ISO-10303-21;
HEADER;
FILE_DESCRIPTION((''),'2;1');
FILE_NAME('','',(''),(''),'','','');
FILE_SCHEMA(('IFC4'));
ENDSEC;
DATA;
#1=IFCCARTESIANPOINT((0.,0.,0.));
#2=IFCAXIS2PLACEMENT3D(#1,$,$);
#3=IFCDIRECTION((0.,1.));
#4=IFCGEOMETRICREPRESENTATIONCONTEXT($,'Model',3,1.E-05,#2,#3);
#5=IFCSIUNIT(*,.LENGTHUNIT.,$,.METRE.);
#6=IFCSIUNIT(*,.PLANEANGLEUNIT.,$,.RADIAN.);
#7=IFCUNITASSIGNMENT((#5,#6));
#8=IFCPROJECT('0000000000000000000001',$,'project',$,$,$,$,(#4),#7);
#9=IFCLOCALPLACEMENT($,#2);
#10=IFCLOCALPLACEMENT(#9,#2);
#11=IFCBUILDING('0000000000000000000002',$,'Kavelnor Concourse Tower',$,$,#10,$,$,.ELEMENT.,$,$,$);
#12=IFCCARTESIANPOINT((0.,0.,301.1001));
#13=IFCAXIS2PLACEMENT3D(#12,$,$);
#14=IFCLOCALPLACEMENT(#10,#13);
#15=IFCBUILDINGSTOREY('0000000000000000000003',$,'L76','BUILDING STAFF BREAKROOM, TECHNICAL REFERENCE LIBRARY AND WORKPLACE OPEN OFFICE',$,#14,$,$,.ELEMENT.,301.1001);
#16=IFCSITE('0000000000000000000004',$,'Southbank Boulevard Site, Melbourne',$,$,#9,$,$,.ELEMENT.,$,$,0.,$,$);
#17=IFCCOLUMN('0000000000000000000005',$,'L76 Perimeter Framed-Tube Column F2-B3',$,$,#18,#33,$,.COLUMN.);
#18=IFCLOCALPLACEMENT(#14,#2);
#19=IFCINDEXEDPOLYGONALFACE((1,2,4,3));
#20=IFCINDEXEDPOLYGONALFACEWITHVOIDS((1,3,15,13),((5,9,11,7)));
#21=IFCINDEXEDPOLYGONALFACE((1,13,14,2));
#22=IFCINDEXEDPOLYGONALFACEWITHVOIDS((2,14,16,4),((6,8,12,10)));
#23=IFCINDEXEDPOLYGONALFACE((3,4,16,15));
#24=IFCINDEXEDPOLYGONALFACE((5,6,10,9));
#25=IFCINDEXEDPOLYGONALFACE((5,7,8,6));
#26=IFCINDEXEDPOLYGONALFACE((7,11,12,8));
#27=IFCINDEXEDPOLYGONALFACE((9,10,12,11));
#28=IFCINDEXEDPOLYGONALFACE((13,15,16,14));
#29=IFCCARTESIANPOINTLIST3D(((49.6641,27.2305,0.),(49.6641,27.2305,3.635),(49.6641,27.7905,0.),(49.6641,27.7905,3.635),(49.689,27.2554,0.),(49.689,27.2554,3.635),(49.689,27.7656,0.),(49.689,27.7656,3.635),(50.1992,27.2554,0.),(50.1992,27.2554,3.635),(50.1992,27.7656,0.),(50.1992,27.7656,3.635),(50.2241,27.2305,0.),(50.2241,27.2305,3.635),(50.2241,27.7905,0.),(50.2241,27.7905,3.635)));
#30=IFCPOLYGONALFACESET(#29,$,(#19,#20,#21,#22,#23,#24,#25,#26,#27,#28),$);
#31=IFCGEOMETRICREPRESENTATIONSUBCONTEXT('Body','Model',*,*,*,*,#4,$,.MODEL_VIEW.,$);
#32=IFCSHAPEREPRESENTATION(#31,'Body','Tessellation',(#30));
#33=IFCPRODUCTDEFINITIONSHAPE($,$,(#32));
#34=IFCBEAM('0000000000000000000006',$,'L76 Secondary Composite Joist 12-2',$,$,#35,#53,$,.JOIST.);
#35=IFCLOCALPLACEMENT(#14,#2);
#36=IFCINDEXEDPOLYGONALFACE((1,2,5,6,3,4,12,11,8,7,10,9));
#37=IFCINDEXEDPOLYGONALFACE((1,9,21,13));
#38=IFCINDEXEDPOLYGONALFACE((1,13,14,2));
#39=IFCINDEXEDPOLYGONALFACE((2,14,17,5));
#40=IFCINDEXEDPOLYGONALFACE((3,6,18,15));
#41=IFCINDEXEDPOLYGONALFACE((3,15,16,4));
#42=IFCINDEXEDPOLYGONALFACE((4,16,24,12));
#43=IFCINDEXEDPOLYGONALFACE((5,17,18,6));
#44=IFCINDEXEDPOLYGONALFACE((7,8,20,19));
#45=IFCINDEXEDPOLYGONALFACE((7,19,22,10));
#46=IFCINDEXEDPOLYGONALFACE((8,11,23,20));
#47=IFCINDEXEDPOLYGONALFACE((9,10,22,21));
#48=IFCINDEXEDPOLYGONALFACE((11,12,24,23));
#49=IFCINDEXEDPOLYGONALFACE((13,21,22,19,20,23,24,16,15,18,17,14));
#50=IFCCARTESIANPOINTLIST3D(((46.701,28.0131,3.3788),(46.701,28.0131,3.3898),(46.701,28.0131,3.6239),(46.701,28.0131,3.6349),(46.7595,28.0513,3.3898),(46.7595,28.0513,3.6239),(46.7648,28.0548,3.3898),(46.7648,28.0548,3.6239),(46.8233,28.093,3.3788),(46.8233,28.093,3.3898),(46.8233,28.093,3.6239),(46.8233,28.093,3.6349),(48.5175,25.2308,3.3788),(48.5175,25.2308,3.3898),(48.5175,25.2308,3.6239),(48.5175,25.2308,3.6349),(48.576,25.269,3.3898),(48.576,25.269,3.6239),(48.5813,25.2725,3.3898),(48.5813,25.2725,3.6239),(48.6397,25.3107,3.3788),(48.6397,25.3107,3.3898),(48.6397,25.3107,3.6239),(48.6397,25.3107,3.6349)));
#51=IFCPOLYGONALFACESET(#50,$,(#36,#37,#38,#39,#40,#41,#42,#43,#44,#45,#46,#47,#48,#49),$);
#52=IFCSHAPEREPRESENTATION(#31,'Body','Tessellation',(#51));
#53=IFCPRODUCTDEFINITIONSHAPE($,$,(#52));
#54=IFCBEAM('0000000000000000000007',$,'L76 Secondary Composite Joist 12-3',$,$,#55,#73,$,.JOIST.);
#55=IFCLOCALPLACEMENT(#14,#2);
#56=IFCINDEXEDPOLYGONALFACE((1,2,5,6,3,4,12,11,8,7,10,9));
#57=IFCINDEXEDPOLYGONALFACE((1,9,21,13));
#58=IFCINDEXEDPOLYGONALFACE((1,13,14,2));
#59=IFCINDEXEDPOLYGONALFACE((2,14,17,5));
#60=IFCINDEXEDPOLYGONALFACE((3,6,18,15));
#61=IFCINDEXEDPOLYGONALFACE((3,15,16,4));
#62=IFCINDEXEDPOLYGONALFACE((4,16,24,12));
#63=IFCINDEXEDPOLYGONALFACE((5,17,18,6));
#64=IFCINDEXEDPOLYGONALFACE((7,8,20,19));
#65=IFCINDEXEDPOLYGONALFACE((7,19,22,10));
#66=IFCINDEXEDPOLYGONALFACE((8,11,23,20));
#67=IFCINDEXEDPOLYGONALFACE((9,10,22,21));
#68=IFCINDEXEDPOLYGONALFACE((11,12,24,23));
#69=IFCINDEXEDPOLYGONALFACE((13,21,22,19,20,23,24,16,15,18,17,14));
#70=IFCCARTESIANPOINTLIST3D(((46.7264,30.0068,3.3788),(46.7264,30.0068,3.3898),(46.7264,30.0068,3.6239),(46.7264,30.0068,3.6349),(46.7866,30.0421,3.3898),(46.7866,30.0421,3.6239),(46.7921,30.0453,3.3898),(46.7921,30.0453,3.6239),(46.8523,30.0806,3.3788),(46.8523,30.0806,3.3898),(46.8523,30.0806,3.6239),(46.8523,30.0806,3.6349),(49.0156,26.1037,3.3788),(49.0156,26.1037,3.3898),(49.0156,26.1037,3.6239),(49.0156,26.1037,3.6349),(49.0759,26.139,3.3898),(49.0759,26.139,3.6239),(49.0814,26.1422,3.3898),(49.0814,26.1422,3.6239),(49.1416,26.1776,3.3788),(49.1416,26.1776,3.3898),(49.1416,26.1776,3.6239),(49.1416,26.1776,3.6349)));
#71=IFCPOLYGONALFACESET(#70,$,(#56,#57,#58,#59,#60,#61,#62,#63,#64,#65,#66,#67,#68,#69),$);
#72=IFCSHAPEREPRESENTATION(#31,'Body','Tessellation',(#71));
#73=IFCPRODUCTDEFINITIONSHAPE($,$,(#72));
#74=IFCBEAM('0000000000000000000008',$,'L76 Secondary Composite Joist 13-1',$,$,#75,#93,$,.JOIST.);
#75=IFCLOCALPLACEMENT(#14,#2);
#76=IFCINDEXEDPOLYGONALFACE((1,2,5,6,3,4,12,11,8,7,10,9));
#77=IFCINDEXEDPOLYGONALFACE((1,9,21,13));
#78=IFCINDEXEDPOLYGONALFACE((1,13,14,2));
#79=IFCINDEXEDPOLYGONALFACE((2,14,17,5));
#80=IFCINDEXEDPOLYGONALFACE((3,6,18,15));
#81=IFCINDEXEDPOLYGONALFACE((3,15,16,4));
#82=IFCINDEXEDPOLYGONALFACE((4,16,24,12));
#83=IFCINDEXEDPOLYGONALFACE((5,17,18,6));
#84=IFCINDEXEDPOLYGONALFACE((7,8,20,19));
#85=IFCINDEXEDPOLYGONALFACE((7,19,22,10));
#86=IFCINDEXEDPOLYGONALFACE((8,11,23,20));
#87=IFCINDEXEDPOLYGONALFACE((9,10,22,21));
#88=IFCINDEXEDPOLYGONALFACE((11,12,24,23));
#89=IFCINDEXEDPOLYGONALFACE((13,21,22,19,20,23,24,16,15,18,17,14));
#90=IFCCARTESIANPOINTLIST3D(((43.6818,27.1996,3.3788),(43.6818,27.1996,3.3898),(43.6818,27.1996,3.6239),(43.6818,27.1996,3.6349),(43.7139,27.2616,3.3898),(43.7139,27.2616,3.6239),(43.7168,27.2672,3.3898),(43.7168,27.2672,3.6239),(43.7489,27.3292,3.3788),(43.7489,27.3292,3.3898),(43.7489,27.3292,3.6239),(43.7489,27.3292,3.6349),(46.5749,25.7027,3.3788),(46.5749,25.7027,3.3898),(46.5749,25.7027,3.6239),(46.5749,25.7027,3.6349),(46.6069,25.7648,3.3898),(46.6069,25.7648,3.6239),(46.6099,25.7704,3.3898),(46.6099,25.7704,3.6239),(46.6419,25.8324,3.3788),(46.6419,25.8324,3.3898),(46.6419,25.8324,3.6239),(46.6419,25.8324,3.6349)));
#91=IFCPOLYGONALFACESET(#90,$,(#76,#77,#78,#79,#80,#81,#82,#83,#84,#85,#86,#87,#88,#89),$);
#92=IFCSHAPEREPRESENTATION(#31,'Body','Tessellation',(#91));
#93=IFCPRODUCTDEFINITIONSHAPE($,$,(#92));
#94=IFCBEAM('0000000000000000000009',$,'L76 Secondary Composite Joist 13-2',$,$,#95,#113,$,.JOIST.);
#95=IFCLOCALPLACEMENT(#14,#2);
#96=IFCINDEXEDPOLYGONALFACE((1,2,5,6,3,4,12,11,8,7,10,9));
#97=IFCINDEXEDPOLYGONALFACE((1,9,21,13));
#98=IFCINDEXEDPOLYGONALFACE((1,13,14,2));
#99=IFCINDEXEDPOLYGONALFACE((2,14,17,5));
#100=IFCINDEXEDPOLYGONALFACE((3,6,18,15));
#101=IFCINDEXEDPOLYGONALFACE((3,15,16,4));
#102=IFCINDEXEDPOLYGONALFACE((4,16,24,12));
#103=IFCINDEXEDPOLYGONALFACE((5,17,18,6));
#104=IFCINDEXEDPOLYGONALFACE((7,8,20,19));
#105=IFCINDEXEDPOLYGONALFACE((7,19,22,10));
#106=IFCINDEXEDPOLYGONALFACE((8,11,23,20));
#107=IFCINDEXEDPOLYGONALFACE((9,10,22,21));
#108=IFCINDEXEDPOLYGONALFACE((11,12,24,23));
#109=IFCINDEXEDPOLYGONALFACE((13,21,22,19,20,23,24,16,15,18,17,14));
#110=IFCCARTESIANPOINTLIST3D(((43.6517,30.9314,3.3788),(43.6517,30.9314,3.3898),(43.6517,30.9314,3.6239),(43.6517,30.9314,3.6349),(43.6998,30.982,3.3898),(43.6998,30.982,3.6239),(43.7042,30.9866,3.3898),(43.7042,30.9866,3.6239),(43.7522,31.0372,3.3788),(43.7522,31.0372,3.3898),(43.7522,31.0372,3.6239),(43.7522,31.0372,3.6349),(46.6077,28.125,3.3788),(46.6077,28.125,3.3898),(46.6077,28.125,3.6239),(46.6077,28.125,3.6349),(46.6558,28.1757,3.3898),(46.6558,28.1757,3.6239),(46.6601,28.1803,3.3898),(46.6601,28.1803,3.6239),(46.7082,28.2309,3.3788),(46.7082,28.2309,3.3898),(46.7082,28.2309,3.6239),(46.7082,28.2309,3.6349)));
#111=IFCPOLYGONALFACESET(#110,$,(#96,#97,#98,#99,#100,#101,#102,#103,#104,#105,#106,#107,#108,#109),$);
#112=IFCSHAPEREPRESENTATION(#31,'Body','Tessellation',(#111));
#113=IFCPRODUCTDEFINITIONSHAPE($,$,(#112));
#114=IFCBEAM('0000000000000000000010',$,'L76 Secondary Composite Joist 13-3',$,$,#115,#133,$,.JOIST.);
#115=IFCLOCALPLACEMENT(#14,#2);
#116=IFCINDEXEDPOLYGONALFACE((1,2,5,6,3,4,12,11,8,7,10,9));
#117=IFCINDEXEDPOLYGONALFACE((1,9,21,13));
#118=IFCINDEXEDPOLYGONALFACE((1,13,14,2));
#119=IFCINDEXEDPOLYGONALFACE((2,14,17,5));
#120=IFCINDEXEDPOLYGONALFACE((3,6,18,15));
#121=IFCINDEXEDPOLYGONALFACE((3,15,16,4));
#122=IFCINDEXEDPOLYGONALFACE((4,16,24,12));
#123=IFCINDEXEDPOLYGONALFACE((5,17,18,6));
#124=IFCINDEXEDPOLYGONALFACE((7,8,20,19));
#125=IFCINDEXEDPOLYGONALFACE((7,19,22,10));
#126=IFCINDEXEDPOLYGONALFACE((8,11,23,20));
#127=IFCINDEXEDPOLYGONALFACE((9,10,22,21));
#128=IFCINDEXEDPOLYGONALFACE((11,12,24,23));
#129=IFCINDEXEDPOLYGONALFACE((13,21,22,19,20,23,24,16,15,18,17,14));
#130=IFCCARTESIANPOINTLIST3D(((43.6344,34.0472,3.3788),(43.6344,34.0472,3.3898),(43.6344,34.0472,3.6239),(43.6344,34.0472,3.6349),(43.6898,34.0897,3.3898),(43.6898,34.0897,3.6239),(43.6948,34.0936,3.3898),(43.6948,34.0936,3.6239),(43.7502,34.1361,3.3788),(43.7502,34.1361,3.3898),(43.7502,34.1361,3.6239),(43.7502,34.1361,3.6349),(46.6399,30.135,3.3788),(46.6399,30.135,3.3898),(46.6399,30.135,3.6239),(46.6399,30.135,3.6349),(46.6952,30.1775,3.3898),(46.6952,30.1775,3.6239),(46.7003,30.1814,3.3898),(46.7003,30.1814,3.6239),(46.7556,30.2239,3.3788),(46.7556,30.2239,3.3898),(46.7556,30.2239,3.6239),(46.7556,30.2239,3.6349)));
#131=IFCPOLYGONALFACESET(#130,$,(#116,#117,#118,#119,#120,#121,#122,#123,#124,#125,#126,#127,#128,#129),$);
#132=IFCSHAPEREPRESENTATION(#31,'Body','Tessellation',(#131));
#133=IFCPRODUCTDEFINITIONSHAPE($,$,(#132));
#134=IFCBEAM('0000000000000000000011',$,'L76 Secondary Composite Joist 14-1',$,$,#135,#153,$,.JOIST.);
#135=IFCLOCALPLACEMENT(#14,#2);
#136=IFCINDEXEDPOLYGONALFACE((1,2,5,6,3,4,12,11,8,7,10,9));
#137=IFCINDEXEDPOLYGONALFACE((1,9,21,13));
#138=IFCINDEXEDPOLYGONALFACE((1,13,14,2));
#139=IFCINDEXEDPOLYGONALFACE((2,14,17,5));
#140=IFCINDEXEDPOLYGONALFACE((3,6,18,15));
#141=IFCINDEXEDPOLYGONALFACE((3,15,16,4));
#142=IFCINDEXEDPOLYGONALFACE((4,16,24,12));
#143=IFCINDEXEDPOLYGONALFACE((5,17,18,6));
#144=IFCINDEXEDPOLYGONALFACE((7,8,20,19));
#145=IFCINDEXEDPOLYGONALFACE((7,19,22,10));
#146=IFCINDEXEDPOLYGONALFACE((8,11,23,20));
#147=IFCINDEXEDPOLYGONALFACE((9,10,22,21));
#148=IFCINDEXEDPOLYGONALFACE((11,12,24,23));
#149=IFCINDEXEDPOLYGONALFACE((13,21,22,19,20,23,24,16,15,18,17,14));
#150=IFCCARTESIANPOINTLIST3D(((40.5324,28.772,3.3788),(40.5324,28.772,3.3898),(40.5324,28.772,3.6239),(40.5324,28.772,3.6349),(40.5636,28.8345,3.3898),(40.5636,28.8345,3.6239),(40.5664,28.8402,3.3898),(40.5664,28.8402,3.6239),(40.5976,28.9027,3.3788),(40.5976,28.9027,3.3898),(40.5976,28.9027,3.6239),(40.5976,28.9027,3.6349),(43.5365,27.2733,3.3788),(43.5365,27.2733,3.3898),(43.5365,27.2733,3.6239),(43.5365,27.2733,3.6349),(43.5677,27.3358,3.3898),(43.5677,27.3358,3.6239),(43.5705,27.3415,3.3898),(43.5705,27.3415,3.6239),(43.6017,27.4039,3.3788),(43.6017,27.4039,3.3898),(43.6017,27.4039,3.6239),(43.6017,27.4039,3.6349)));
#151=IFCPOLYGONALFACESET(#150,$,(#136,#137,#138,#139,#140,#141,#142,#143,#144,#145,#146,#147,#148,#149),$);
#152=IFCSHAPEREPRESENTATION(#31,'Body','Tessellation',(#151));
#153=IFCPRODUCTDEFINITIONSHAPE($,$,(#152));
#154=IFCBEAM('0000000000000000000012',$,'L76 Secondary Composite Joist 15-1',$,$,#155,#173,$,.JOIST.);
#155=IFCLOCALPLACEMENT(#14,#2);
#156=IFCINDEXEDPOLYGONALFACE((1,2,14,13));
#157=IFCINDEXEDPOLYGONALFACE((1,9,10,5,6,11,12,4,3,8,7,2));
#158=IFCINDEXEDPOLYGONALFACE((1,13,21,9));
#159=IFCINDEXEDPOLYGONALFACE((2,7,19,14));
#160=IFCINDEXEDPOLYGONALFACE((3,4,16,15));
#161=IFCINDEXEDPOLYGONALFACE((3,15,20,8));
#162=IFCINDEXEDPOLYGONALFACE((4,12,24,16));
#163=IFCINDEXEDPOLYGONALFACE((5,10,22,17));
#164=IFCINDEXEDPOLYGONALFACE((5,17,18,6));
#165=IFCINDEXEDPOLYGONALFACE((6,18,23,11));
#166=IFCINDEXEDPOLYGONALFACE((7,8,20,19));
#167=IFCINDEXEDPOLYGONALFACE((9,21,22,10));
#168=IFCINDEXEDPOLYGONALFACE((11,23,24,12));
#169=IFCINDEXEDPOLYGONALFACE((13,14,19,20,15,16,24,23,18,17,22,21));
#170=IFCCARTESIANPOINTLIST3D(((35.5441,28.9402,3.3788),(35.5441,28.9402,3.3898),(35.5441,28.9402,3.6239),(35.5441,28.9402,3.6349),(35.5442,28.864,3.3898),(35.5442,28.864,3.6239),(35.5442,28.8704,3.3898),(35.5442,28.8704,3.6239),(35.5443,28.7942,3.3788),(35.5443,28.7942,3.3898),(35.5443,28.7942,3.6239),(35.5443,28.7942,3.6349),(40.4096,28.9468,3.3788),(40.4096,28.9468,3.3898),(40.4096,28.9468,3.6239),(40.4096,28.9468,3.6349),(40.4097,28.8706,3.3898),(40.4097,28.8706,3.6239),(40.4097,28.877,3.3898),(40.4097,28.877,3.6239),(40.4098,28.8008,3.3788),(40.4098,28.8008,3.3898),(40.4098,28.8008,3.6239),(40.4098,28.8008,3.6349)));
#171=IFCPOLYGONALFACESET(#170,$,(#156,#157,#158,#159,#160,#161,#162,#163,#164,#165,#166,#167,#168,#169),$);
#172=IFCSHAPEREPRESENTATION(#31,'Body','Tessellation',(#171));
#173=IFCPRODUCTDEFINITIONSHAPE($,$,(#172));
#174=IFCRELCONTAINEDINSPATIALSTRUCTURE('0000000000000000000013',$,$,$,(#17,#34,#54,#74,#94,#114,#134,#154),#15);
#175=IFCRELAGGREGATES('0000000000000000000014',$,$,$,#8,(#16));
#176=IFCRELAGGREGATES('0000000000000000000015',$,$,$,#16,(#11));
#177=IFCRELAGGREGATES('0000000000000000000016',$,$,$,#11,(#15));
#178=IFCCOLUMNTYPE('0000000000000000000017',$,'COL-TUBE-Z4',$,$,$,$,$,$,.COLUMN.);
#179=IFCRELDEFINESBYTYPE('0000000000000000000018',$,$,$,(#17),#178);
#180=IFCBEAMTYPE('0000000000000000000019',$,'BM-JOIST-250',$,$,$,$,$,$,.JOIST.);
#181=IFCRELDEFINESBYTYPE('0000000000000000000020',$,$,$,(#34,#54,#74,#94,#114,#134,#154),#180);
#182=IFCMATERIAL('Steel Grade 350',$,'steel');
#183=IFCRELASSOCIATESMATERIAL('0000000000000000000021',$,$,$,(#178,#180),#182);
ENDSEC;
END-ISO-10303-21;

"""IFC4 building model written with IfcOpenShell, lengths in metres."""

from ifc_helpers import new_model, si_unit, direction, frame, origin, origin_2d, place, context, subcontext, project, spatial, hollow_rectangle, i_section, extrude, material, material_profile, profile_set, type_object, element, save


model = new_model("IFC4")

# Units and contexts
model_context = context("Model", 3, precision=1e-05, world=origin(), true_north=direction((0.0, 1.0)))
body_context = subcontext(model_context, "Body", "Model", "MODEL_VIEW")
ifc_project = project(units=[si_unit("LENGTHUNIT", "METRE"), si_unit("PLANEANGLEUNIT", "RADIAN")], contexts=[model_context])

# Site, building, storey
site_placement = place(None, origin())
site = spatial("IfcSite", under=ifc_project, at=site_placement, Name="Southbank Boulevard Site, Melbourne", CompositionType="ELEMENT", RefElevation=0.0)
building_placement = place(site_placement, origin())
building = spatial("IfcBuilding", under=site, at=building_placement, Name="Kavelnor Concourse Tower", CompositionType="ELEMENT")
storey_placement = place(building_placement, frame((0.0, 0.0, 301.1001)))
storey = spatial("IfcBuildingStorey", under=building, at=storey_placement, Name="L76", Description="BUILDING STAFF BREAKROOM, TECHNICAL REFERENCE LIBRARY AND WORKPLACE OPEN OFFICE", CompositionType="ELEMENT", Elevation=301.1001)

# Column
ifc_material_1 = material(Name="Steel Grade 350", Category="steel")
ifc_material_profile_1 = material_profile(ifc_material_1, hollow_rectangle(XDim=0.5601, YDim=0.5601, WallThickness=0.0249, at=origin_2d()), Name="SHS 560x560x25")
ifc_profile_set_1 = profile_set([ifc_material_profile_1], Name="Steel Grade 350")
column_type = type_object("IfcColumnType", Name="COL-TUBE-Z4", PredefinedType="COLUMN", material=ifc_profile_set_1)
column_placement = place(storey_placement, frame((49.9441, 27.5105, 0.0), z_axis=(0.0, 0.0, 1.0), x_axis=(1.0, 0.0, 0.0)))
element("IfcColumn", 1, at=column_placement, inside=storey, type_object=column_type, Name="L76 Perimeter Framed-Tube Column F2-B3", PredefinedType="COLUMN", context=body_context, shape_type="SweptSolid", body=[
    extrude(hollow_rectangle(XDim=0.5601, YDim=0.5601, WallThickness=0.0249, at=origin_2d()), origin(), (0.0, 0.0, 1.0), 3.635),
])

# Beams
ifc_material_profile_2 = material_profile(ifc_material_1, i_section(OverallWidth=0.146, OverallDepth=0.2561, WebThickness=0.0063, FlangeThickness=0.011, at=origin_2d()), Name="250UB37")
ifc_profile_set_2 = profile_set([ifc_material_profile_2], Name="Steel Grade 350")
beam_type_1 = type_object("IfcBeamType", Name="BM-JOIST-250", PredefinedType="JOIST", material=ifc_profile_set_2)
beam_1_placement = place(storey_placement, frame((48.5786, 25.2708, 3.5068), z_axis=(-0.546671, 0.837347, 0.0), x_axis=(-0.837347, -0.546671, 0.0)))
element("IfcBeam", 2, at=beam_1_placement, inside=storey, type_object=beam_type_1, Name="L76 Secondary Composite Joist 12-2", PredefinedType="JOIST", context=body_context, shape_type="SweptSolid", body=[
    extrude(i_section(OverallWidth=0.146, OverallDepth=0.2561, WebThickness=0.0063, FlangeThickness=0.011, at=origin_2d()), origin(), (0.0, 0.0, 1.0), 3.3228),
])
beam_2_placement = place(storey_placement, frame((49.0786, 26.1406, 3.5068), z_axis=(-0.505933, 0.862573, 0.0), x_axis=(-0.862573, -0.505933, 0.0)))
element("IfcBeam", 3, at=beam_2_placement, inside=storey, type_object=beam_type_1, Name="L76 Secondary Composite Joist 12-3", PredefinedType="JOIST", context=body_context, shape_type="SweptSolid", body=[
    extrude(i_section(OverallWidth=0.146, OverallDepth=0.2561, WebThickness=0.0063, FlangeThickness=0.011, at=origin_2d()), origin(), (0.0, 0.0, 1.0), 4.5249),
])
beam_3_placement = place(storey_placement, frame((46.6084, 25.7676, 3.5068), z_axis=(-0.888166, 0.459523, 0.0), x_axis=(-0.459523, -0.888166, 0.0)))
element("IfcBeam", 4, at=beam_3_placement, inside=storey, type_object=beam_type_1, Name="L76 Secondary Composite Joist 13-1", PredefinedType="JOIST", context=body_context, shape_type="SweptSolid", body=[
    extrude(i_section(OverallWidth=0.146, OverallDepth=0.2561, WebThickness=0.0063, FlangeThickness=0.011, at=origin_2d()), origin(), (0.0, 0.0, 1.0), 3.2573),
])
beam_4_placement = place(storey_placement, frame((46.658, 28.178, 3.5068), z_axis=(-0.725227, 0.68851, 0.0), x_axis=(-0.68851, -0.725227, 0.0)))
element("IfcBeam", 5, at=beam_4_placement, inside=storey, type_object=beam_type_1, Name="L76 Secondary Composite Joist 13-2", PredefinedType="JOIST", context=body_context, shape_type="SweptSolid", body=[
    extrude(i_section(OverallWidth=0.146, OverallDepth=0.2561, WebThickness=0.0063, FlangeThickness=0.011, at=origin_2d()), origin(), (0.0, 0.0, 1.0), 4.0759),
])
beam_5_placement = place(storey_placement, frame((46.6978, 30.1794, 3.5068), z_axis=(-0.609208, 0.79301, 0.0), x_axis=(-0.79301, -0.609208, 0.0)))
element("IfcBeam", 6, at=beam_5_placement, inside=storey, type_object=beam_type_1, Name="L76 Secondary Composite Joist 13-3", PredefinedType="JOIST", context=body_context, shape_type="SweptSolid", body=[
    extrude(i_section(OverallWidth=0.146, OverallDepth=0.2561, WebThickness=0.0063, FlangeThickness=0.011, at=origin_2d()), origin(), (0.0, 0.0, 1.0), 4.9333),
])
beam_6_placement = place(storey_placement, frame((43.5691, 27.3386, 3.5068), z_axis=(-0.89482, 0.446428, 0.0), x_axis=(-0.446428, -0.89482, 0.0)))
element("IfcBeam", 7, at=beam_6_placement, inside=storey, type_object=beam_type_1, Name="L76 Secondary Composite Joist 14-1", PredefinedType="JOIST", context=body_context, shape_type="SweptSolid", body=[
    extrude(i_section(OverallWidth=0.146, OverallDepth=0.2561, WebThickness=0.0063, FlangeThickness=0.011, at=origin_2d()), origin(), (0.0, 0.0, 1.0), 3.3572),
])
beam_7_placement = place(storey_placement, frame((40.4097, 28.8738, 3.5068), z_axis=(-0.999999, -0.001355, 0.0), x_axis=(0.001355, -0.999999, 0.0)))
element("IfcBeam", 8, at=beam_7_placement, inside=storey, type_object=beam_type_1, Name="L76 Secondary Composite Joist 15-1", PredefinedType="JOIST", context=body_context, shape_type="SweptSolid", body=[
    extrude(i_section(OverallWidth=0.146, OverallDepth=0.2561, WebThickness=0.0063, FlangeThickness=0.011, at=origin_2d()), origin(), (0.0, 0.0, 1.0), 4.8655),
])

save(model, "model.ifc")
